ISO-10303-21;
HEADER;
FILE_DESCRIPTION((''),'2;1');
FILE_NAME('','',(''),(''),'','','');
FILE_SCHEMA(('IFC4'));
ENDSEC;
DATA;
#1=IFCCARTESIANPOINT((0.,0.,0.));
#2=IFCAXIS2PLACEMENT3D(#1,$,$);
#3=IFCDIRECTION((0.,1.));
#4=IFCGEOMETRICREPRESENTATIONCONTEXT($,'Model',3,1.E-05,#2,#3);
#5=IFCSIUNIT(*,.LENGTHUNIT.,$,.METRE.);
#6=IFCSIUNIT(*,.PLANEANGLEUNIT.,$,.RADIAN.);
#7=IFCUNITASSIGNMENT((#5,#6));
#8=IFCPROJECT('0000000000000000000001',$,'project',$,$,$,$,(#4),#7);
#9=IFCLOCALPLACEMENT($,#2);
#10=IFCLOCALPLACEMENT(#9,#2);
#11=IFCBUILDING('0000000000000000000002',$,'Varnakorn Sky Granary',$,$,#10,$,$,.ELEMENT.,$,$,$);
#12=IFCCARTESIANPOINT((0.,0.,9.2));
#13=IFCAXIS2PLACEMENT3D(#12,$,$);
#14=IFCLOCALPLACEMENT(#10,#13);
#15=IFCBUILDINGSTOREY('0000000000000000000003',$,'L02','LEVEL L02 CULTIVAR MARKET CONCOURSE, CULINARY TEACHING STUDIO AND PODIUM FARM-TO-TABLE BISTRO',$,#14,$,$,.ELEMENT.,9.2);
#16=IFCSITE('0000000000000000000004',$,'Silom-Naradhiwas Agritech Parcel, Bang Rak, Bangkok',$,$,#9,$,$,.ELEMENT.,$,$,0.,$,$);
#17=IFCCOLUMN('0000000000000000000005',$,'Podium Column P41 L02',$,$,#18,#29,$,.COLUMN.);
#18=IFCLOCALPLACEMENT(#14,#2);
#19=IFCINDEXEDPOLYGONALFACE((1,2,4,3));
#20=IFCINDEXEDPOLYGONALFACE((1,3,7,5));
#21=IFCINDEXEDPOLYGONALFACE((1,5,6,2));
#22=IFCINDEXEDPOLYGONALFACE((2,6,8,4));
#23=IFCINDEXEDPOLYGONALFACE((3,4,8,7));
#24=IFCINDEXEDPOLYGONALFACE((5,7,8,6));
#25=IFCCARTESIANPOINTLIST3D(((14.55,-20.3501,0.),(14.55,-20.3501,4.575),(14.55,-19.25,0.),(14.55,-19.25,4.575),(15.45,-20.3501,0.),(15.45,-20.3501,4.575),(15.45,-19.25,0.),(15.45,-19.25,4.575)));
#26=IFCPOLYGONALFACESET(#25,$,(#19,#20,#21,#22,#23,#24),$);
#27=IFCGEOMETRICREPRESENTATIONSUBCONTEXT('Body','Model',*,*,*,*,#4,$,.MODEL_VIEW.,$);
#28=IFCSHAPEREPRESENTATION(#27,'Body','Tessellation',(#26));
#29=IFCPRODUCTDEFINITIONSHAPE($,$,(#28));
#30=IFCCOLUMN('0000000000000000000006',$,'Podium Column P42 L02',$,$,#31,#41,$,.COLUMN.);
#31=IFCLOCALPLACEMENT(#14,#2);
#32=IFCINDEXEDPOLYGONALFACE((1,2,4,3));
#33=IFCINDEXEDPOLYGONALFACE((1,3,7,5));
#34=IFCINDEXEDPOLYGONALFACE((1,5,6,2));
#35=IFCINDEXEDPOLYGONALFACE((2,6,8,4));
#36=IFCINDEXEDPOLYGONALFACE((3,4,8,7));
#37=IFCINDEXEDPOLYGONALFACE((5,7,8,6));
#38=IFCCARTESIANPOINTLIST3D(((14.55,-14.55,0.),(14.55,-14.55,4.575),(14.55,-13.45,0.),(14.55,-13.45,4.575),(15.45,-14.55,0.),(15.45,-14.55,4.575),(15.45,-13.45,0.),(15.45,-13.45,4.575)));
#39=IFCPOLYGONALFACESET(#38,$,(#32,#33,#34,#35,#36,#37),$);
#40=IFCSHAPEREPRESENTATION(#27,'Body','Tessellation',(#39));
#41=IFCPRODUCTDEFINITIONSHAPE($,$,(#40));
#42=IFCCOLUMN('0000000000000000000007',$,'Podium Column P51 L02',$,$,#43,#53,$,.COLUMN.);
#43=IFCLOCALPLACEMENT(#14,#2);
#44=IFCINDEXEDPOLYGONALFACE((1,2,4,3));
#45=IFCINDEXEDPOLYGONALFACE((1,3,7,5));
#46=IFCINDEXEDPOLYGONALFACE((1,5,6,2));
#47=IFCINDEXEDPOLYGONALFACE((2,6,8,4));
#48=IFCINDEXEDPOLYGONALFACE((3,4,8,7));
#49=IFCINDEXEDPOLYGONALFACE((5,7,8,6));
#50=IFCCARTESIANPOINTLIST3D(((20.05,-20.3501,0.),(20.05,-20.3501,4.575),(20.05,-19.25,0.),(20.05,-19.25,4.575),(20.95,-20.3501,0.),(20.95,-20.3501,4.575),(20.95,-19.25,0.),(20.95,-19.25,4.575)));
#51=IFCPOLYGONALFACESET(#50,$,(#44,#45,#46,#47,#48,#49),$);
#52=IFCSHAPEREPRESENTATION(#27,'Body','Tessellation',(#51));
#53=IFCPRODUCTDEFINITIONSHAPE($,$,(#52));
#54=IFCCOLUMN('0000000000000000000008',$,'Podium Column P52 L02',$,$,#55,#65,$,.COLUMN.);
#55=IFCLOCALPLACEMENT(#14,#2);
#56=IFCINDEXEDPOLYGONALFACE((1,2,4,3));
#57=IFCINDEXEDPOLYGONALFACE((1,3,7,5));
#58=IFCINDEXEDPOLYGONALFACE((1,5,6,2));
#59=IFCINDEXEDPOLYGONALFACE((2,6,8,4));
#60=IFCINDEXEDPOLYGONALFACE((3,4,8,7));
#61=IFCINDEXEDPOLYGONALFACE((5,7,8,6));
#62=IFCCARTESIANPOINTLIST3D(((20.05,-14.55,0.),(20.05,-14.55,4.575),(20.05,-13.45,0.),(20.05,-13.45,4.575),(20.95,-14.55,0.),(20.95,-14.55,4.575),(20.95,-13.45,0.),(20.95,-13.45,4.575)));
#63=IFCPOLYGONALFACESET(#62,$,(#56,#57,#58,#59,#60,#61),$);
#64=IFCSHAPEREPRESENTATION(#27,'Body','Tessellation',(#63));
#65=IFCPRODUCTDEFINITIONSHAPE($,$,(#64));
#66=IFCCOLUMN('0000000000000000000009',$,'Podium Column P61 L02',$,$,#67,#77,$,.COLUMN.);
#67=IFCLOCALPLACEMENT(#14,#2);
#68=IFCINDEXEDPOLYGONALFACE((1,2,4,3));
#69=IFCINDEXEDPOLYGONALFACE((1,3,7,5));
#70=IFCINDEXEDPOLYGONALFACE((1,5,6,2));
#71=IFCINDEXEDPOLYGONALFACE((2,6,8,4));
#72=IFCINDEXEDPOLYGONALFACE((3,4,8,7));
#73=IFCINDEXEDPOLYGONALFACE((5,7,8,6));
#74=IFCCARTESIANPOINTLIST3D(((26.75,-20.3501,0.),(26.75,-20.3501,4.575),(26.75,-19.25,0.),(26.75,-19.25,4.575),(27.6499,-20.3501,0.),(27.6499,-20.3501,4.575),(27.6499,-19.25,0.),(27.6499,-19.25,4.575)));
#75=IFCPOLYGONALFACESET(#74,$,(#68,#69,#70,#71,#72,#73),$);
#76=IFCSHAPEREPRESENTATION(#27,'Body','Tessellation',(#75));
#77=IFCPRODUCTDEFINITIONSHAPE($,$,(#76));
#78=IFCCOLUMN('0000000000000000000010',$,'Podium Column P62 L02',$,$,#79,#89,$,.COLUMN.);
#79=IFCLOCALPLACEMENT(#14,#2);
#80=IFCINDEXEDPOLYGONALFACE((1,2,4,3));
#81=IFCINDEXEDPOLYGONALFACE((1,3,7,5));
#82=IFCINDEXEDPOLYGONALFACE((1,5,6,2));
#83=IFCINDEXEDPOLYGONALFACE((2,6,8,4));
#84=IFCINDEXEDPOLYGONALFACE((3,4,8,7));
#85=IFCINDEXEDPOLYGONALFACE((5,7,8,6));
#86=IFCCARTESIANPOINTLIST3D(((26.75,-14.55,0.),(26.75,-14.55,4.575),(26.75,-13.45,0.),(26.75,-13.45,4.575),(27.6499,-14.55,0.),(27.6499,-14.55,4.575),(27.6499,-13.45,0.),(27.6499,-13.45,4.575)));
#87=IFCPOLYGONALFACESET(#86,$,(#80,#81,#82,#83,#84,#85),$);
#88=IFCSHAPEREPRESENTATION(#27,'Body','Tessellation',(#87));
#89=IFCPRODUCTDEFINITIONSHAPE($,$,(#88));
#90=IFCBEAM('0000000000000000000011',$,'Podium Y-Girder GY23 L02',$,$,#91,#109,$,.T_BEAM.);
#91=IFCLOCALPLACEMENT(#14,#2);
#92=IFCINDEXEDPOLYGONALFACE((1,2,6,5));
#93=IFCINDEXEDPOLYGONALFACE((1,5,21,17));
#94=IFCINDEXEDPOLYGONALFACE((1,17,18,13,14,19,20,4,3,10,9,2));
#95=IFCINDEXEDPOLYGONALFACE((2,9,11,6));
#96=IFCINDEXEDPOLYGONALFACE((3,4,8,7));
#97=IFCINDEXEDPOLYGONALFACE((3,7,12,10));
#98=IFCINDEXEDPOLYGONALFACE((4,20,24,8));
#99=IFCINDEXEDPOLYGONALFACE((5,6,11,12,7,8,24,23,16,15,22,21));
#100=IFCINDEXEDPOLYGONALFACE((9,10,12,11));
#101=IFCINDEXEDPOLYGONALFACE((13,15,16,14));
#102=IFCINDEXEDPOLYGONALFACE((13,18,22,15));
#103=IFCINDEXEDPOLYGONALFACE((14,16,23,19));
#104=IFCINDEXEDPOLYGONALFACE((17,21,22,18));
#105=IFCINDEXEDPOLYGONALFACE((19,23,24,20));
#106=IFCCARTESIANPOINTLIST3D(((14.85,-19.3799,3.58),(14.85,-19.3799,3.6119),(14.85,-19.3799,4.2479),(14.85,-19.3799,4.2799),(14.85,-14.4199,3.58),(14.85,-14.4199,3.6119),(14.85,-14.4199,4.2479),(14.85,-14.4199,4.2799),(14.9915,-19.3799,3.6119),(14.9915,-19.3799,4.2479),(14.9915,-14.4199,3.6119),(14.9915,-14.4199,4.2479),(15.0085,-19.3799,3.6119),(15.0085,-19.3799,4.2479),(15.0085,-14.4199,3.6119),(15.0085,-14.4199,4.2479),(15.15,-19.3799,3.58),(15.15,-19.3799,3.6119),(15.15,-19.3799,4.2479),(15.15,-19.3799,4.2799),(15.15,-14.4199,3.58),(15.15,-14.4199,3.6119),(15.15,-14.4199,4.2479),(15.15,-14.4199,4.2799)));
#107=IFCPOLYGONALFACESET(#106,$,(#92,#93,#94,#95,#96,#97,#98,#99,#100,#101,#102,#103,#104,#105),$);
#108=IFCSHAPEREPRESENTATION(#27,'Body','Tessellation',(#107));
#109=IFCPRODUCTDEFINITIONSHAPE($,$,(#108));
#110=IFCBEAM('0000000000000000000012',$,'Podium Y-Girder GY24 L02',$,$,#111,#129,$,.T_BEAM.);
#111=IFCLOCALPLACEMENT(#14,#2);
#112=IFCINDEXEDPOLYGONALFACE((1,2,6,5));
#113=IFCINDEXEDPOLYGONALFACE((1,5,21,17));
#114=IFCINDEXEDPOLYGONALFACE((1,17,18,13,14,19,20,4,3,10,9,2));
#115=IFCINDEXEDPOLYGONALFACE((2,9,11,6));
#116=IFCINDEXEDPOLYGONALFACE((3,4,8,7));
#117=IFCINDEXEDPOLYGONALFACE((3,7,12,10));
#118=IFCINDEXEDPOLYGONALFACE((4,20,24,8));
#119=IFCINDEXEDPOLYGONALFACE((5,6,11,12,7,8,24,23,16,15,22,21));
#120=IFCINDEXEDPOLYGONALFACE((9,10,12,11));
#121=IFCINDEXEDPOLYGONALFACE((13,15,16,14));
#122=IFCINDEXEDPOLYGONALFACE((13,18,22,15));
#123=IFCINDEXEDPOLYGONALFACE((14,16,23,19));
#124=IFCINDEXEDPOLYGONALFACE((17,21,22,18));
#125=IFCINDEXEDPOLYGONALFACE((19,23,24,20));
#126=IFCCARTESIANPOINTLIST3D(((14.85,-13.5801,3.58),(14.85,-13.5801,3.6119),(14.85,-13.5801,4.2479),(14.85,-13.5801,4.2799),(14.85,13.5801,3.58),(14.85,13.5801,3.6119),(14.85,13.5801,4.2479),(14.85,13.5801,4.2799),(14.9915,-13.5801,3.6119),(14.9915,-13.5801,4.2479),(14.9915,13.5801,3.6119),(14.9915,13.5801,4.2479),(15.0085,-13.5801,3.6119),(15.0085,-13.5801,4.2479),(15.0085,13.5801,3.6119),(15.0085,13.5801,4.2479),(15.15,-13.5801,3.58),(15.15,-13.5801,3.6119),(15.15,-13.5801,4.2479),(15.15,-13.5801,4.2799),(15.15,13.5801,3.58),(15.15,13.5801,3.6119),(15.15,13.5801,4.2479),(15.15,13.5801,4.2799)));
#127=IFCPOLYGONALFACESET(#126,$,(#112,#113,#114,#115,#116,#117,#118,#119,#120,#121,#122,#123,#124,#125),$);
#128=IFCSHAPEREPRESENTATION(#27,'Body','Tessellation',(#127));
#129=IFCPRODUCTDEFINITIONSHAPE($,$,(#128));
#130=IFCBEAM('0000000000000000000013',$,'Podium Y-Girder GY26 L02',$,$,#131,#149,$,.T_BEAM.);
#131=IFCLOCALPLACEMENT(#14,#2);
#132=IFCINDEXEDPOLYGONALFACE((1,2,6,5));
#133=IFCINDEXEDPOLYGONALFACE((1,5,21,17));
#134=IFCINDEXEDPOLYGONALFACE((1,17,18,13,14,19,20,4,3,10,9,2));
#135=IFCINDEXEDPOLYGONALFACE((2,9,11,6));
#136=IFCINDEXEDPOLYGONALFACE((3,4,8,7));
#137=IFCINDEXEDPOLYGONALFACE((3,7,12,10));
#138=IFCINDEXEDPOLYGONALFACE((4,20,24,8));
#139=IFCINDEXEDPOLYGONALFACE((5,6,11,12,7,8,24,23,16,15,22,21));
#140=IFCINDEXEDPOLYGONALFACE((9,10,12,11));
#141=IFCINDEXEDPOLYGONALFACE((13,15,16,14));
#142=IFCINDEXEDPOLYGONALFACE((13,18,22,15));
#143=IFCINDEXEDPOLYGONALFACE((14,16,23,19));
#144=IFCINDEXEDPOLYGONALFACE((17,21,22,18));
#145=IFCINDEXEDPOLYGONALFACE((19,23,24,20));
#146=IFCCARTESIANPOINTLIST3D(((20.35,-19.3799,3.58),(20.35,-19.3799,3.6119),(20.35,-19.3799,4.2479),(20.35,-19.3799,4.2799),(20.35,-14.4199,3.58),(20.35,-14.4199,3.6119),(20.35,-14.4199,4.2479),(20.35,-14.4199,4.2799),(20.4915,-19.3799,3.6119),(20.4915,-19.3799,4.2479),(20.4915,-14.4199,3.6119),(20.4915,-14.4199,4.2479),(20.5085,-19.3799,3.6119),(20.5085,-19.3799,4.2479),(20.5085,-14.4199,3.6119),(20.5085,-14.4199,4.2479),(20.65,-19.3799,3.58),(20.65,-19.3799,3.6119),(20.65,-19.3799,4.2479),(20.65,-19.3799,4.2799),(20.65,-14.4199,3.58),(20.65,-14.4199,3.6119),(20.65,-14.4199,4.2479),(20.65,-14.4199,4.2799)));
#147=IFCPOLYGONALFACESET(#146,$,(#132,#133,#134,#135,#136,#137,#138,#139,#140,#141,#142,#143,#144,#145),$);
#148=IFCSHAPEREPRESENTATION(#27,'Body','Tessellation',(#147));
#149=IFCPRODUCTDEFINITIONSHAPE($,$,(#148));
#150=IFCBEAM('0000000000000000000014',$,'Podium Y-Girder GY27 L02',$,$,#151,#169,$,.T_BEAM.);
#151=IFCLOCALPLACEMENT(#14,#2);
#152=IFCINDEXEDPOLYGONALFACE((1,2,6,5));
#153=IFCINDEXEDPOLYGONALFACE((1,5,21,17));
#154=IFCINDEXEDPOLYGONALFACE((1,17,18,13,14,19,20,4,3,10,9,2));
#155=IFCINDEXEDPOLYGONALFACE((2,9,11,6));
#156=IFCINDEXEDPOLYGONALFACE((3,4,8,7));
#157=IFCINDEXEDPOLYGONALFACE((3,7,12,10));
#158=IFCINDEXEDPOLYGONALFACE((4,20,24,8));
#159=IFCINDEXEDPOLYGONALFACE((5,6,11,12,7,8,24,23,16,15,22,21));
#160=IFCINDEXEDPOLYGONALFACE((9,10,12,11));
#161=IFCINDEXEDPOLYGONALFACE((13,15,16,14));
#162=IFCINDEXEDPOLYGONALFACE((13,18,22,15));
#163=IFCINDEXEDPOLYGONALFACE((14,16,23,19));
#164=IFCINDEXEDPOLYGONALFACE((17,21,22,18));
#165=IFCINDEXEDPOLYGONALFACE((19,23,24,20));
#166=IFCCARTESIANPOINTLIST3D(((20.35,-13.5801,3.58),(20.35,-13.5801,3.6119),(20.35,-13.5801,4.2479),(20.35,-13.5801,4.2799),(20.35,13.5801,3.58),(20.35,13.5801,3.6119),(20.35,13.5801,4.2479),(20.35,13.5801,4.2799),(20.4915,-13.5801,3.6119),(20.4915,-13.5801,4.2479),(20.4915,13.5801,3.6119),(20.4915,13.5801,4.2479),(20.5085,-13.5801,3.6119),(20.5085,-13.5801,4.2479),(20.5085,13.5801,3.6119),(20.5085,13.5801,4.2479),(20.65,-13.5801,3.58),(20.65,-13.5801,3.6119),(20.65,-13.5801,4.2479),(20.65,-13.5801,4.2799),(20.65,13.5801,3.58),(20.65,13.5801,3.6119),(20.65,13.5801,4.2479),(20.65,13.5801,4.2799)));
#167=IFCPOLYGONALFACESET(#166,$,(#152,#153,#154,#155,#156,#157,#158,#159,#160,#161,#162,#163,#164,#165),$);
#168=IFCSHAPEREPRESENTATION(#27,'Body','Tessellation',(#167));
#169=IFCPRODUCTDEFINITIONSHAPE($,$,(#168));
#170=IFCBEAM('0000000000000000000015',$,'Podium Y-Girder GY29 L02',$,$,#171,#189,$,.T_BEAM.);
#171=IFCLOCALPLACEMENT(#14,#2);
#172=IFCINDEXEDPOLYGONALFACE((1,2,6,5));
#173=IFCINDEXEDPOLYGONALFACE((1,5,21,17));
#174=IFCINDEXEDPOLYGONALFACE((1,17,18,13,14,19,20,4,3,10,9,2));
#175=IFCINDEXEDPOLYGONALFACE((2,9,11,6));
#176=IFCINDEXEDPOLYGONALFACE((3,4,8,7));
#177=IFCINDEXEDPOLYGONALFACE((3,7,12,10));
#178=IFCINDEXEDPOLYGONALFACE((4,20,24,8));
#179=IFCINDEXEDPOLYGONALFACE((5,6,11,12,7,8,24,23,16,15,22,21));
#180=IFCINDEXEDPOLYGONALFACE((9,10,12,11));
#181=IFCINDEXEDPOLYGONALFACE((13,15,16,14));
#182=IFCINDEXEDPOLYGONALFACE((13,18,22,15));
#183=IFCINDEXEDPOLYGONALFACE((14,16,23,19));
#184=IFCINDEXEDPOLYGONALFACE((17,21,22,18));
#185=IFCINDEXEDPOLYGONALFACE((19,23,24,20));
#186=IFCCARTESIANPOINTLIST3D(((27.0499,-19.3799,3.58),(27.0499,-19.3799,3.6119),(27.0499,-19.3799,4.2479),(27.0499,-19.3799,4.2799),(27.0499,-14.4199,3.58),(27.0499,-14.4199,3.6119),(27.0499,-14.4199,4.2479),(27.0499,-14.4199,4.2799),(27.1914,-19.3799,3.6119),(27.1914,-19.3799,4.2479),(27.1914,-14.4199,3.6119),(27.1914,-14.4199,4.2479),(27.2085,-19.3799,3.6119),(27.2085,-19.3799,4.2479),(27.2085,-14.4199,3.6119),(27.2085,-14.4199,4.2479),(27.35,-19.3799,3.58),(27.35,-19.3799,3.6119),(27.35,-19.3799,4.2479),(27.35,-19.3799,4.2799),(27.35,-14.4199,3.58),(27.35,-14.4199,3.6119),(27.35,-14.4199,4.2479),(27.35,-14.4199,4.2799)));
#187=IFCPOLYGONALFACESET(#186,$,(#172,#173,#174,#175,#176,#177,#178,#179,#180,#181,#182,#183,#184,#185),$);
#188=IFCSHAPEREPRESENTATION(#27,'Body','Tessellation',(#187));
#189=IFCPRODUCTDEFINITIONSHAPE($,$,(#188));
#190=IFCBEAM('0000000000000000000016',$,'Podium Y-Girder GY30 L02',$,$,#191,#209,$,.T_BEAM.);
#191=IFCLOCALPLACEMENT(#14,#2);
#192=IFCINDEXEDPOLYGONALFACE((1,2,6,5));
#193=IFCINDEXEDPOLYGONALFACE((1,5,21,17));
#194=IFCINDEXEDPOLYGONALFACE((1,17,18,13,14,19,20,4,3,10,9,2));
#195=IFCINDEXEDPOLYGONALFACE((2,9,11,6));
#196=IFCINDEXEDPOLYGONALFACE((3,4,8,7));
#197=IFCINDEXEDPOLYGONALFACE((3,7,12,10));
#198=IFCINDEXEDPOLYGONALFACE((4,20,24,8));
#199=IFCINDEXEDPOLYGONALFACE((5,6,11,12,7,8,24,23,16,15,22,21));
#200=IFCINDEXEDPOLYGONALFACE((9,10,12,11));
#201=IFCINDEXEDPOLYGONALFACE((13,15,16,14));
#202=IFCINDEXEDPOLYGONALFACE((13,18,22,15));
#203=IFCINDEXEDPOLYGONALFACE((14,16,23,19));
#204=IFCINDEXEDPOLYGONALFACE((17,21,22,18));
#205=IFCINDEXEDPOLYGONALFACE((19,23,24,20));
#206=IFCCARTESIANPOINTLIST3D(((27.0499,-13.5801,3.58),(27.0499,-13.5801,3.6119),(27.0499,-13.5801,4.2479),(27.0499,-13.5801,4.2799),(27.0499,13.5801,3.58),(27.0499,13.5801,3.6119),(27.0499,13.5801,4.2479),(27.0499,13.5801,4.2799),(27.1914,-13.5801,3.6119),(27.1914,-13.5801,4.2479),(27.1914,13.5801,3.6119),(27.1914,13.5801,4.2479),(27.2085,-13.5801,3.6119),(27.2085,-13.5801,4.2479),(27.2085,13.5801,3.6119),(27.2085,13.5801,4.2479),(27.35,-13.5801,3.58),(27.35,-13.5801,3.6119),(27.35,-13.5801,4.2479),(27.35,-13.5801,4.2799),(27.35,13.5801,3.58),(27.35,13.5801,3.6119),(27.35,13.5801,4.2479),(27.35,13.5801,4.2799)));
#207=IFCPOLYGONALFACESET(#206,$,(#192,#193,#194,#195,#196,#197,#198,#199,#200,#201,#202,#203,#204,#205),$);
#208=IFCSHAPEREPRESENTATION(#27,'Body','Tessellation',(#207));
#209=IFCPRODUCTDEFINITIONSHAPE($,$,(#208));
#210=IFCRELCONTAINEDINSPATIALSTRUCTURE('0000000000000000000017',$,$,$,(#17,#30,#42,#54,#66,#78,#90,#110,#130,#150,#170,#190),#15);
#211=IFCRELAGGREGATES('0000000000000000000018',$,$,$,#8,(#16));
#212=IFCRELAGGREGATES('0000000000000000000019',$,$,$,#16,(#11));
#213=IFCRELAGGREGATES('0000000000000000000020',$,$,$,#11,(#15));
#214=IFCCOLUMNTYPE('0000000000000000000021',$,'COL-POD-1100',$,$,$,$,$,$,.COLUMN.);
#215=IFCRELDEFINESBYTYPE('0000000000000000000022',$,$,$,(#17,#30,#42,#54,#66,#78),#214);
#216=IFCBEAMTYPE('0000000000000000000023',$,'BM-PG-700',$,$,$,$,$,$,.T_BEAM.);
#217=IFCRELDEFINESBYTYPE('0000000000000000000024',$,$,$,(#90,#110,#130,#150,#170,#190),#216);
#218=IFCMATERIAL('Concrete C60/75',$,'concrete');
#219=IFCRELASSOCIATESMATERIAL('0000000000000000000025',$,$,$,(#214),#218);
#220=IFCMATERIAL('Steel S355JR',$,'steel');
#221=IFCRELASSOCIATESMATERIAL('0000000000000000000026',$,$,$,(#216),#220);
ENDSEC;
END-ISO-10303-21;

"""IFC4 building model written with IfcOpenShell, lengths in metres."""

from ifc_helpers import new_model, si_unit, direction, frame, origin, origin_2d, place, context, subcontext, project, spatial, rectangle, i_section, extrude, material, material_profile, profile_set, type_object, element, save


model = new_model("IFC4")

# Units and contexts
model_context = context("Model", 3, precision=1e-05, world=origin(), true_north=direction((0.0, 1.0)))
body_context = subcontext(model_context, "Body", "Model", "MODEL_VIEW")
ifc_project = project(units=[si_unit("LENGTHUNIT", "METRE"), si_unit("PLANEANGLEUNIT", "RADIAN")], contexts=[model_context])

# Site, building, storey
site_placement = place(None, origin())
site = spatial("IfcSite", under=ifc_project, at=site_placement, Name="Silom-Naradhiwas Agritech Parcel, Bang Rak, Bangkok", CompositionType="ELEMENT", RefElevation=0.0)
building_placement = place(site_placement, origin())
building = spatial("IfcBuilding", under=site, at=building_placement, Name="Varnakorn Sky Granary", CompositionType="ELEMENT")
storey_placement = place(building_placement, frame((0.0, 0.0, 9.2)))
storey = spatial("IfcBuildingStorey", under=building, at=storey_placement, Name="L02", Description="LEVEL L02 CULTIVAR MARKET CONCOURSE, CULINARY TEACHING STUDIO AND PODIUM FARM-TO-TABLE BISTRO", CompositionType="ELEMENT", Elevation=9.2)

# Columns
ifc_material_1 = material(Name="Concrete C60/75", Category="concrete")
ifc_material_profile_1 = material_profile(ifc_material_1, rectangle(XDim=0.8999, YDim=1.1001, at=origin_2d()), Name="RC 900x1100")
ifc_profile_set_1 = profile_set([ifc_material_profile_1], Name="Concrete C60/75")
column_type = type_object("IfcColumnType", Name="COL-POD-1100", PredefinedType="COLUMN", material=ifc_profile_set_1)
for number, where, z_axis, x_axis, name in (
    (1, (15.0, -19.8, 0.0), (0.0, 0.0, 1.0), (1.0, 0.0, 0.0), "Podium Column P41 L02"),
    (2, (15.0, -14.0, 0.0), (0.0, 0.0, 1.0), (1.0, 0.0, 0.0), "Podium Column P42 L02"),
    (3, (20.5, -19.8, 0.0), (0.0, 0.0, 1.0), (1.0, 0.0, 0.0), "Podium Column P51 L02"),
    (4, (20.5, -14.0, 0.0), (0.0, 0.0, 1.0), (1.0, 0.0, 0.0), "Podium Column P52 L02"),
    (5, (27.2, -19.8, 0.0), (0.0, 0.0, 1.0), (1.0, 0.0, 0.0), "Podium Column P61 L02"),
    (6, (27.2, -14.0, 0.0), (0.0, 0.0, 1.0), (1.0, 0.0, 0.0), "Podium Column P62 L02"),
):
    element("IfcColumn", number, at=place(storey_placement, frame(where, z_axis=z_axis, x_axis=x_axis)), inside=storey, type_object=column_type, Name=name, PredefinedType="COLUMN", context=body_context, shape_type="SweptSolid", body=[
        extrude(rectangle(XDim=0.8999, YDim=1.1001, at=origin_2d()), origin(), (0.0, 0.0, 1.0), 4.575),
    ])

# Beams
ifc_material_2 = material(Name="Steel S355JR", Category="steel")
ifc_material_profile_2 = material_profile(ifc_material_2, i_section(OverallWidth=0.3, OverallDepth=0.7, WebThickness=0.0171, FlangeThickness=0.032, at=origin_2d()), Name="HE 700 B")
ifc_profile_set_2 = profile_set([ifc_material_profile_2], Name="Steel S355JR")
beam_type_1 = type_object("IfcBeamType", Name="BM-PG-700", PredefinedType="T_BEAM", material=ifc_profile_set_2)
beam_1_placement = place(storey_placement, frame((15.0, -19.3799, 3.9299), z_axis=(0.0, 1.0, 0.0), x_axis=(-1.0, 0.0, 0.0)))
element("IfcBeam", 7, at=beam_1_placement, inside=storey, type_object=beam_type_1, Name="Podium Y-Girder GY23 L02", PredefinedType="T_BEAM", context=body_context, shape_type="SweptSolid", body=[
    extrude(i_section(OverallWidth=0.3, OverallDepth=0.7, WebThickness=0.0171, FlangeThickness=0.032, at=origin_2d()), origin(), (0.0, 0.0, 1.0), 4.96),
])
beam_2_placement = place(storey_placement, frame((15.0, -13.5801, 3.9299), z_axis=(0.0, 1.0, 0.0), x_axis=(-1.0, 0.0, 0.0)))
element("IfcBeam", 8, at=beam_2_placement, inside=storey, type_object=beam_type_1, Name="Podium Y-Girder GY24 L02", PredefinedType="T_BEAM", context=body_context, shape_type="SweptSolid", body=[
    extrude(i_section(OverallWidth=0.3, OverallDepth=0.7, WebThickness=0.0171, FlangeThickness=0.032, at=origin_2d()), origin(), (0.0, 0.0, 1.0), 27.1602),
])
beam_3_placement = place(storey_placement, frame((20.5, -19.3799, 3.9299), z_axis=(0.0, 1.0, 0.0), x_axis=(-1.0, 0.0, 0.0)))
element("IfcBeam", 9, at=beam_3_placement, inside=storey, type_object=beam_type_1, Name="Podium Y-Girder GY26 L02", PredefinedType="T_BEAM", context=body_context, shape_type="SweptSolid", body=[
    extrude(i_section(OverallWidth=0.3, OverallDepth=0.7, WebThickness=0.0171, FlangeThickness=0.032, at=origin_2d()), origin(), (0.0, 0.0, 1.0), 4.96),
])
beam_4_placement = place(storey_placement, frame((20.5, -13.5801, 3.9299), z_axis=(0.0, 1.0, 0.0), x_axis=(-1.0, 0.0, 0.0)))
element("IfcBeam", 10, at=beam_4_placement, inside=storey, type_object=beam_type_1, Name="Podium Y-Girder GY27 L02", PredefinedType="T_BEAM", context=body_context, shape_type="SweptSolid", body=[
    extrude(i_section(OverallWidth=0.3, OverallDepth=0.7, WebThickness=0.0171, FlangeThickness=0.032, at=origin_2d()), origin(), (0.0, 0.0, 1.0), 27.1602),
])
beam_5_placement = place(storey_placement, frame((27.2, -19.3799, 3.9299), z_axis=(0.0, 1.0, 0.0), x_axis=(-1.0, 0.0, 0.0)))
element("IfcBeam", 11, at=beam_5_placement, inside=storey, type_object=beam_type_1, Name="Podium Y-Girder GY29 L02", PredefinedType="T_BEAM", context=body_context, shape_type="SweptSolid", body=[
    extrude(i_section(OverallWidth=0.3, OverallDepth=0.7, WebThickness=0.0171, FlangeThickness=0.032, at=origin_2d()), origin(), (0.0, 0.0, 1.0), 4.96),
])
beam_6_placement = place(storey_placement, frame((27.2, -13.5801, 3.9299), z_axis=(0.0, 1.0, 0.0), x_axis=(-1.0, 0.0, 0.0)))
element("IfcBeam", 12, at=beam_6_placement, inside=storey, type_object=beam_type_1, Name="Podium Y-Girder GY30 L02", PredefinedType="T_BEAM", context=body_context, shape_type="SweptSolid", body=[
    extrude(i_section(OverallWidth=0.3, OverallDepth=0.7, WebThickness=0.0171, FlangeThickness=0.032, at=origin_2d()), origin(), (0.0, 0.0, 1.0), 27.1602),
])

save(model, "model.ifc")
